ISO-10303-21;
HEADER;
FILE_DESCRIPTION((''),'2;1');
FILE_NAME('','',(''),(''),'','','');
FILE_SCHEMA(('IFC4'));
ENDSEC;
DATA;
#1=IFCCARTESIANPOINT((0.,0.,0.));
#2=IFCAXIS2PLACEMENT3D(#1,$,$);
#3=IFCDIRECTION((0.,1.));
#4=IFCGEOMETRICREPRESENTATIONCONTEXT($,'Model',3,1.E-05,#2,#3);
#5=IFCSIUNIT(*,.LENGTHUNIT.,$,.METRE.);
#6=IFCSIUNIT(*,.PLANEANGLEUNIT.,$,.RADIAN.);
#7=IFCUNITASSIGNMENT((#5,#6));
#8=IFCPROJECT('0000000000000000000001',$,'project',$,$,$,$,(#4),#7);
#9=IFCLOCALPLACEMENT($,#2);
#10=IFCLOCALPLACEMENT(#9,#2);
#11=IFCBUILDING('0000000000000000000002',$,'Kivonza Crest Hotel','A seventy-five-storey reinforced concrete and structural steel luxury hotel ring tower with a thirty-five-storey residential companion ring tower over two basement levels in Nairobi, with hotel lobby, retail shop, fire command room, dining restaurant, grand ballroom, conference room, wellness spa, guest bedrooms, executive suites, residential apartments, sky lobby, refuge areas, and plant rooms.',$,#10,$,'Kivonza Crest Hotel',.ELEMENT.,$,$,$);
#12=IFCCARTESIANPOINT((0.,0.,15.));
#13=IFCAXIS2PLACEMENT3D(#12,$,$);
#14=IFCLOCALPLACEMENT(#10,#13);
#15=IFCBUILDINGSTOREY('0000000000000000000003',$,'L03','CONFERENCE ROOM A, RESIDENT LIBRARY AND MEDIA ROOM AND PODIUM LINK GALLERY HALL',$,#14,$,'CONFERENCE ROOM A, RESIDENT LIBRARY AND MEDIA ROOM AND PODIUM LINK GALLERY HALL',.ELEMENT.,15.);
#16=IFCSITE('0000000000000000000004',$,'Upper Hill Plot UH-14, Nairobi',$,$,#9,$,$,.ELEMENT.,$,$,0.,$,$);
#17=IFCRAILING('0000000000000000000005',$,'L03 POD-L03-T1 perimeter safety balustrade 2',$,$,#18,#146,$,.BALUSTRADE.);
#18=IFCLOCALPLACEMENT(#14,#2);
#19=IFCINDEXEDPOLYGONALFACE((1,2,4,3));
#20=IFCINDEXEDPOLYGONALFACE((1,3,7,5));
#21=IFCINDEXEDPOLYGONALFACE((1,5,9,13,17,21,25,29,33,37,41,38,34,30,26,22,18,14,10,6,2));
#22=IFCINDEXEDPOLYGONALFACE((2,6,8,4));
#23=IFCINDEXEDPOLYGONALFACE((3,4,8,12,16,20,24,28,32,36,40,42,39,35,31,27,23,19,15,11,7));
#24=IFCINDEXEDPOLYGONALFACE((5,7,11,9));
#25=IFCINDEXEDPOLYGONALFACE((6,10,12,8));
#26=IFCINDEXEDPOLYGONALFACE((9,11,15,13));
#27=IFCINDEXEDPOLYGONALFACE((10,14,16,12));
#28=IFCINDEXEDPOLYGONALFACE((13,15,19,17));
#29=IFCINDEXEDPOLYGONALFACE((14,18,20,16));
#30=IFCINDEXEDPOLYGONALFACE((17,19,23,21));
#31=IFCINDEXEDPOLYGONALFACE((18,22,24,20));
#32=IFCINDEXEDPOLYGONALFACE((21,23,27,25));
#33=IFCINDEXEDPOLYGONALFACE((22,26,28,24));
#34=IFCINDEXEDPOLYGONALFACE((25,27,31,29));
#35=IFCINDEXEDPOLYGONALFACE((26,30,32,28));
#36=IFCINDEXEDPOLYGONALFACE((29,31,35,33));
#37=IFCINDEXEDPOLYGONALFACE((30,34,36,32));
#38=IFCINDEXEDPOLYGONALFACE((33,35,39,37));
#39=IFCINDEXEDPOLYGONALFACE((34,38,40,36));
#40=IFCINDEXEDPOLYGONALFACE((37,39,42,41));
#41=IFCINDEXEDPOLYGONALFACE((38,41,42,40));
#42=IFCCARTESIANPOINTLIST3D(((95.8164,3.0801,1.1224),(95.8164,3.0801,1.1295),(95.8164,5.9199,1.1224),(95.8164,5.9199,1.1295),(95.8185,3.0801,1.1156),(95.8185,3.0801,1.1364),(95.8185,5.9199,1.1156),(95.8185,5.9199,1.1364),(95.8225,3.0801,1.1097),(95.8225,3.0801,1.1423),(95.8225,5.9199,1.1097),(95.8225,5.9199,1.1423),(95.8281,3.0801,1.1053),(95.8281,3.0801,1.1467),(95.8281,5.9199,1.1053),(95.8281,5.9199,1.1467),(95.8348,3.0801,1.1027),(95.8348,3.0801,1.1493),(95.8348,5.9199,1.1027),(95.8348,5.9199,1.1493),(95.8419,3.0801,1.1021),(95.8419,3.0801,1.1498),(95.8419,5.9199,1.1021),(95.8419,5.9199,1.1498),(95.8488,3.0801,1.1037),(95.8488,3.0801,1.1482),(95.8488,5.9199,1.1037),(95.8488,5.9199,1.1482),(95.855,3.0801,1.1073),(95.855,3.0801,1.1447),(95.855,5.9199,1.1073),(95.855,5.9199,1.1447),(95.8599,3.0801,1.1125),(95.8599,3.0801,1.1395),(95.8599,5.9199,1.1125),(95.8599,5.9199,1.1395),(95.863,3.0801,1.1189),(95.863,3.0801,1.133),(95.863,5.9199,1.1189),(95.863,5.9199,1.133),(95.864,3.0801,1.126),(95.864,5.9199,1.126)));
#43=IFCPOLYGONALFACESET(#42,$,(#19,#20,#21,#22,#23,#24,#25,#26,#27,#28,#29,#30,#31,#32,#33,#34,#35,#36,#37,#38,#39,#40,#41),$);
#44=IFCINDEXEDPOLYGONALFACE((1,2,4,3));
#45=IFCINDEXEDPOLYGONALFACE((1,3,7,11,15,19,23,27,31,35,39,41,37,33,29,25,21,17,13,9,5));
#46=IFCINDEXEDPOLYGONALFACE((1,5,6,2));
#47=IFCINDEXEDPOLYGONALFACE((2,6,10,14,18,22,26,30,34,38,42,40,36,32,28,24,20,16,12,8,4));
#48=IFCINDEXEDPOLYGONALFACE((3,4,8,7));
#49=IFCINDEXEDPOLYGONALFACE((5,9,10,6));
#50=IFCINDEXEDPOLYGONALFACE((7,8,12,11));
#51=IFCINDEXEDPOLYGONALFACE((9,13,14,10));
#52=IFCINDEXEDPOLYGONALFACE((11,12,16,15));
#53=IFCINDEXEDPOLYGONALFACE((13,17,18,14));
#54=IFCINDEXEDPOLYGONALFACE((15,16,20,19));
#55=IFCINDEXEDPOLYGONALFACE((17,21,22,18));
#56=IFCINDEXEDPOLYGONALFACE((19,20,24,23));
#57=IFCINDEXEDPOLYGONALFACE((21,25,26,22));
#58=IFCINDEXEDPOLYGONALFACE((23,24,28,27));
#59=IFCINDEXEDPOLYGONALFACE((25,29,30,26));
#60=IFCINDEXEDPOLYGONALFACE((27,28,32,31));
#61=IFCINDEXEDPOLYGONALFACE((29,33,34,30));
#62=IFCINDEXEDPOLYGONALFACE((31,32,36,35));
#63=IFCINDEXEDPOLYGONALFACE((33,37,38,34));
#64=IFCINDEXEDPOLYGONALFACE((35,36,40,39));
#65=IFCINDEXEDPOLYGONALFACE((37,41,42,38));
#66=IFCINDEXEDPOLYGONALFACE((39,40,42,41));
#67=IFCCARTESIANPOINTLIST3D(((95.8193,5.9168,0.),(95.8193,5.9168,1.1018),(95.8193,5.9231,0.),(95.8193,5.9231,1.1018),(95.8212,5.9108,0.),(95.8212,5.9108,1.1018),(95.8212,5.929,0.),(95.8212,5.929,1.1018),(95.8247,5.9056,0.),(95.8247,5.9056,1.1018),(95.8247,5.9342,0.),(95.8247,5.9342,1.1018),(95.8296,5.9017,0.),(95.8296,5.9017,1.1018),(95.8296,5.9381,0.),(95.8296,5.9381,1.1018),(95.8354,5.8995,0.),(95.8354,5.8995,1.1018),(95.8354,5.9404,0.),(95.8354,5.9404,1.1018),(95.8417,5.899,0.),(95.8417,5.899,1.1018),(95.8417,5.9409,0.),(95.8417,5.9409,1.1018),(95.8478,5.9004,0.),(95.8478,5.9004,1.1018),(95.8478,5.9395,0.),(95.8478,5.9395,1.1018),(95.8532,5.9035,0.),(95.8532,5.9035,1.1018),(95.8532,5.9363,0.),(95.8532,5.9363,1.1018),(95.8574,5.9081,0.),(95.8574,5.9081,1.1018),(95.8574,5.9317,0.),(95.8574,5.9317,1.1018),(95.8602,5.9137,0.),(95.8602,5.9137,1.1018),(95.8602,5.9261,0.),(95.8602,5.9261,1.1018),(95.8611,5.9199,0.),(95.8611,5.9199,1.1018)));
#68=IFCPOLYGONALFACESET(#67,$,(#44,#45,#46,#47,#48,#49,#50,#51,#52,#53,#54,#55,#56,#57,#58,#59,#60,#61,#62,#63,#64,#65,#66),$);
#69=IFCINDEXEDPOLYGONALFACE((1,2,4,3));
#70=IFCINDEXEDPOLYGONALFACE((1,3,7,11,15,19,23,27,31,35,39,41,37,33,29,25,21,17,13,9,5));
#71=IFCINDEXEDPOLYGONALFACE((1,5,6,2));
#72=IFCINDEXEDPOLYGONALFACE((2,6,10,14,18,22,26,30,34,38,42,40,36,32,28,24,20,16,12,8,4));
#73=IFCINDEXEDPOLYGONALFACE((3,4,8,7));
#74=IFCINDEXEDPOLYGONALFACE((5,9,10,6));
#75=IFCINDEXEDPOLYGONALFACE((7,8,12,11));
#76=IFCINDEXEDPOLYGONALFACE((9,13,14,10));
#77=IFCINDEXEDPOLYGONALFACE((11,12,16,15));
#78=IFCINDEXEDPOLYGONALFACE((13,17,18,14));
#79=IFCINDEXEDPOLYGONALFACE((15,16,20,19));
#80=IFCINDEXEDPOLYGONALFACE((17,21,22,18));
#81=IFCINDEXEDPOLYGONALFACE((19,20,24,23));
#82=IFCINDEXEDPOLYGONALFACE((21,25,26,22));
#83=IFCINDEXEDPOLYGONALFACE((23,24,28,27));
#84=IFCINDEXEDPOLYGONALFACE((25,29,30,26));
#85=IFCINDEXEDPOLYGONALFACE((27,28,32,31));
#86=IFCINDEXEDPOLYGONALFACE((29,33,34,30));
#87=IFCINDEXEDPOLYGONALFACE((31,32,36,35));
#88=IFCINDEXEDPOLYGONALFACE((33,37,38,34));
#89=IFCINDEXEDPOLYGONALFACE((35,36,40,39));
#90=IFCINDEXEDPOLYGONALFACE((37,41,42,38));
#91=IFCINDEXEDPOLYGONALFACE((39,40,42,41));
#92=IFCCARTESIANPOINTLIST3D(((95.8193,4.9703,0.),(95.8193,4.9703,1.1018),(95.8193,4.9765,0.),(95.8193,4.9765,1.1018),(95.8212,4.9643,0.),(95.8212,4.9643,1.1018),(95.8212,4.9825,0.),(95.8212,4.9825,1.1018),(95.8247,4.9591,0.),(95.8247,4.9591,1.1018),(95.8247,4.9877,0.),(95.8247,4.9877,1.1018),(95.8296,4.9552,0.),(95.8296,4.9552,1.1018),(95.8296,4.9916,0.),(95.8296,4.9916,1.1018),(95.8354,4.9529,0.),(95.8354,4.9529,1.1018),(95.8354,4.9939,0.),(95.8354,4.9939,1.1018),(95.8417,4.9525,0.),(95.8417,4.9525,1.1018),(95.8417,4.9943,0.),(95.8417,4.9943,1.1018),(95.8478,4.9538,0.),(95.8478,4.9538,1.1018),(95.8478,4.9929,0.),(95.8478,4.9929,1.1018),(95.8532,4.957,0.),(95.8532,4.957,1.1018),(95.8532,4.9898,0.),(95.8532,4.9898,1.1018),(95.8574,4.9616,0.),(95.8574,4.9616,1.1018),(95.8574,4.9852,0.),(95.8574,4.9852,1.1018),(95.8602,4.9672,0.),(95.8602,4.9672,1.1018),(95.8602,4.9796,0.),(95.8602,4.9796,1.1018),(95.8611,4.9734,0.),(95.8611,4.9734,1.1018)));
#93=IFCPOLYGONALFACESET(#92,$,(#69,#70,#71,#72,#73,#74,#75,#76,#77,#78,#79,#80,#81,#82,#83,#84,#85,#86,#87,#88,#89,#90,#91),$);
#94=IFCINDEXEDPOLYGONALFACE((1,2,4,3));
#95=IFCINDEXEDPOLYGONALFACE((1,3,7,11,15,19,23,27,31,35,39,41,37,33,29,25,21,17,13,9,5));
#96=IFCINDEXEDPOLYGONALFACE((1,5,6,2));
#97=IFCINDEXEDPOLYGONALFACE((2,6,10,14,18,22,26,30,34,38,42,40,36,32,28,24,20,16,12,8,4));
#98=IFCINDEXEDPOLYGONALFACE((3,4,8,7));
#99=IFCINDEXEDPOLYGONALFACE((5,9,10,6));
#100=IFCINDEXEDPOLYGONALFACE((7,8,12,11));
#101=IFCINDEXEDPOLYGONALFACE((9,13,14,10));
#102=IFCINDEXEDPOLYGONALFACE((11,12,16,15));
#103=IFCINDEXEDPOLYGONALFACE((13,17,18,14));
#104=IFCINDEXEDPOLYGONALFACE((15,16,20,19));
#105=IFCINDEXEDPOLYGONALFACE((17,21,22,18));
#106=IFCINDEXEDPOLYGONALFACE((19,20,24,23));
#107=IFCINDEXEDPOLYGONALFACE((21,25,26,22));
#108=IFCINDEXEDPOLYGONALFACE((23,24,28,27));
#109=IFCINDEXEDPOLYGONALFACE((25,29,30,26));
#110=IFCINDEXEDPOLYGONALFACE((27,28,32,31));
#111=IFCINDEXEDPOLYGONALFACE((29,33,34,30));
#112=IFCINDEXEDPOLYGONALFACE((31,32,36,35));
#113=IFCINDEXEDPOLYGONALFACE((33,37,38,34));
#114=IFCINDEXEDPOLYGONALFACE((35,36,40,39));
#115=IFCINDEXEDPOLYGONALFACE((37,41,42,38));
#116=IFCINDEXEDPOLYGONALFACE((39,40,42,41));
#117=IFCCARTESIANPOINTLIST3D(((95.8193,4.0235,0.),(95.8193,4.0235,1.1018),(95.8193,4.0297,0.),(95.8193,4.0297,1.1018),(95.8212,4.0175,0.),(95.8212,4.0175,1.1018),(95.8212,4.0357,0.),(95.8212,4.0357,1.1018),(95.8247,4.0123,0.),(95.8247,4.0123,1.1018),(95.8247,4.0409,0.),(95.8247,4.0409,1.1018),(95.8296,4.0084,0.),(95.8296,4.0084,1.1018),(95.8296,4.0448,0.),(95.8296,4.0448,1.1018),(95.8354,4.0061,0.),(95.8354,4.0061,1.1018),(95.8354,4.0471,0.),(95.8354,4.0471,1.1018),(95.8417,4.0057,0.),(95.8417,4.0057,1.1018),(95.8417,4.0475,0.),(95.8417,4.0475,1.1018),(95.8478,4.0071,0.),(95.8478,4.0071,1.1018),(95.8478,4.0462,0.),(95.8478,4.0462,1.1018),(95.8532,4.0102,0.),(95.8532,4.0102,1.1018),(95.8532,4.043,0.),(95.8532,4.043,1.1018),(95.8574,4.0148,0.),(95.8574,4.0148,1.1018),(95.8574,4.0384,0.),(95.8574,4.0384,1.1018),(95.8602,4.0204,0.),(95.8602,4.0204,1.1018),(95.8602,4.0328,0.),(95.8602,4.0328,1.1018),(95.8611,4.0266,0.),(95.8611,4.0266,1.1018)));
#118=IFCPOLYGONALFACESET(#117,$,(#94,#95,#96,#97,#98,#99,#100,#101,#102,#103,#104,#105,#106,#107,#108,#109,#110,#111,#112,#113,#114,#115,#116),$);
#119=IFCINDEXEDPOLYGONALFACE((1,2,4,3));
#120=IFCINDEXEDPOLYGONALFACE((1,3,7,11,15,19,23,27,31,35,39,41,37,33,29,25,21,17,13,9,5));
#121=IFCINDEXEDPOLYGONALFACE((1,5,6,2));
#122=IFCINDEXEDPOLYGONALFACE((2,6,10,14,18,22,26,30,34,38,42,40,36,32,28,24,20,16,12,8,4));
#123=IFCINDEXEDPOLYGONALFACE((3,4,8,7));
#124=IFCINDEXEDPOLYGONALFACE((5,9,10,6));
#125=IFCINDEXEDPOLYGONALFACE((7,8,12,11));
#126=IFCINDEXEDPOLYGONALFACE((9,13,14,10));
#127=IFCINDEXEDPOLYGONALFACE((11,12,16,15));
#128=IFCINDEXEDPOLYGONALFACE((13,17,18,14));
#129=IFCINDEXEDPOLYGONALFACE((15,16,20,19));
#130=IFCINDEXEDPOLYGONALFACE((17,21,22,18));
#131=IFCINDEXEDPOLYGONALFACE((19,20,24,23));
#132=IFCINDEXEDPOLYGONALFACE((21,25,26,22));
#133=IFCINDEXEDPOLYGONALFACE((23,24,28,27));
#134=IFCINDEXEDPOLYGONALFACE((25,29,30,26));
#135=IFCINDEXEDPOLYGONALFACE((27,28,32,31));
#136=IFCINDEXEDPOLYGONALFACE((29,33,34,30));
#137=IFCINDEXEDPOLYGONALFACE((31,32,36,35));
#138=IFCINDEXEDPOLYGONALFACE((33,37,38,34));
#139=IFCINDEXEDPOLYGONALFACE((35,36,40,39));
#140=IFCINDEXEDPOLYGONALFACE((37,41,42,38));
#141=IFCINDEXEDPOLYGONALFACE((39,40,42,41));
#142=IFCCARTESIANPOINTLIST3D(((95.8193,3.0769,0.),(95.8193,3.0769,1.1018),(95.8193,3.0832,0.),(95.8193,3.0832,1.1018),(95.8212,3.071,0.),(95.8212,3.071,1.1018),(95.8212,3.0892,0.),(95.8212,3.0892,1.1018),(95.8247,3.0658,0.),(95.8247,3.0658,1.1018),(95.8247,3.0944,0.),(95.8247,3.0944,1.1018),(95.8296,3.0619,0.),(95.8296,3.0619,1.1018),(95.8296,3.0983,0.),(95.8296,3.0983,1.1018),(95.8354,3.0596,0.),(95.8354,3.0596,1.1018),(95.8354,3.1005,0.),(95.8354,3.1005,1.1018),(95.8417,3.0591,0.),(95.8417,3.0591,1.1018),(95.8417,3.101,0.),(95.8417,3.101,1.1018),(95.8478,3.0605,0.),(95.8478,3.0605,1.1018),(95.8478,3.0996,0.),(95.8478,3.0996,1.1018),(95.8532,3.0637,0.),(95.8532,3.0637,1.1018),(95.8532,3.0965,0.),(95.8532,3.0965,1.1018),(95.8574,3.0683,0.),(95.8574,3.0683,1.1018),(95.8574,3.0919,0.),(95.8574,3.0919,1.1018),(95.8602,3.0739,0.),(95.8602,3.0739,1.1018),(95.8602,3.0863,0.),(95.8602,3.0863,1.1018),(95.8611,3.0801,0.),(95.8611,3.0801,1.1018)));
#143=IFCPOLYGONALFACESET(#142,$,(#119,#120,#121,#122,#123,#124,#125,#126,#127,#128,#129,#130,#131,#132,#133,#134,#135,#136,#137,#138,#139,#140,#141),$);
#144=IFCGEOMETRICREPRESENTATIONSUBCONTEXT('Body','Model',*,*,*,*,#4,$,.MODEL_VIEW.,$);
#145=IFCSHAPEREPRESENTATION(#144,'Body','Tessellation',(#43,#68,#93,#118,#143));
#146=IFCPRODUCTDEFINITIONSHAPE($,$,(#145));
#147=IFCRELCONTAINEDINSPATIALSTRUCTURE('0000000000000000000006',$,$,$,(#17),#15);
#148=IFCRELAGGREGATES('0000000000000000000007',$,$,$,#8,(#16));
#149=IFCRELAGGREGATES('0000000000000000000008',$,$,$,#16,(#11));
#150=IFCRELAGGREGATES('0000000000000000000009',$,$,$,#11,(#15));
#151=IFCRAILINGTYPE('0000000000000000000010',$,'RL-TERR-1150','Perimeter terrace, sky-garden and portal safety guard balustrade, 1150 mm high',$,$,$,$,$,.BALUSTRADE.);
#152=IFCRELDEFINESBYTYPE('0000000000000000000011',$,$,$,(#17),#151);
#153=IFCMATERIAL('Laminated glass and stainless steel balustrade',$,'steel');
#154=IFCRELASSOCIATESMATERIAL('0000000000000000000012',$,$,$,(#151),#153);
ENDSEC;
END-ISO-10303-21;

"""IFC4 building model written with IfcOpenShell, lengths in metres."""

from ifc_helpers import new_model, si_unit, direction, frame, origin, origin_2d, place, context, subcontext, project, spatial, circle, extrude, material, type_object, element, save


model = new_model("IFC4")

# Units and contexts
model_context = context("Model", 3, precision=1e-05, world=origin(), true_north=direction((0.0, 1.0)))
body_context = subcontext(model_context, "Body", "Model", "MODEL_VIEW")
ifc_project = project(units=[si_unit("LENGTHUNIT", "METRE"), si_unit("PLANEANGLEUNIT", "RADIAN")], contexts=[model_context])

# Site, building, storey
site_placement = place(None, origin())
site = spatial("IfcSite", under=ifc_project, at=site_placement, Name="Upper Hill Plot UH-14, Nairobi", CompositionType="ELEMENT", RefElevation=0.0)
building_placement = place(site_placement, origin())
building = spatial("IfcBuilding", under=site, at=building_placement, Name="Kivonza Crest Hotel", Description="A seventy-five-storey reinforced concrete and structural steel luxury hotel ring tower with a thirty-five-storey residential companion ring tower over two basement levels in Nairobi, with hotel lobby, retail shop, fire command room, dining restaurant, grand ballroom, conference room, wellness spa, guest bedrooms, executive suites, residential apartments, sky lobby, refuge areas, and plant rooms.", LongName="Kivonza Crest Hotel", CompositionType="ELEMENT")
storey_placement = place(building_placement, frame((0.0, 0.0, 15.0)))
storey = spatial("IfcBuildingStorey", under=building, at=storey_placement, Name="L03", Description="CONFERENCE ROOM A, RESIDENT LIBRARY AND MEDIA ROOM AND PODIUM LINK GALLERY HALL", LongName="CONFERENCE ROOM A, RESIDENT LIBRARY AND MEDIA ROOM AND PODIUM LINK GALLERY HALL", CompositionType="ELEMENT", Elevation=15.0)

# Railing
ifc_material_1 = material(Name="Laminated glass and stainless steel balustrade", Category="steel")
railing_type = type_object("IfcRailingType", Name="RL-TERR-1150", Description="Perimeter terrace, sky-garden and portal safety guard balustrade, 1150 mm high", PredefinedType="BALUSTRADE", material=ifc_material_1)
railing_1_placement = place(storey_placement, frame((95.8401, 5.9199, 0.0)))
element("IfcRailing", 1, at=railing_1_placement, inside=storey, type_object=railing_type, Name="L03 POD-L03-T1 perimeter safety balustrade 2", PredefinedType="BALUSTRADE", context=body_context, shape_type="SweptSolid", body=[
    extrude(circle(Radius=0.0239, at=origin_2d()), frame((0.0, 0.0, 1.126), z_axis=(0.0, -1.0, 0.0), x_axis=(1.0, 0.0, 0.0)), (0.0, 0.0, 1.0), 2.8398),
    extrude(circle(Radius=0.021, at=origin_2d()), origin(), (0.0, 0.0, 1.0), 1.1018),
    extrude(circle(Radius=0.021, at=origin_2d()), frame((0.0, -0.9465, 0.0)), (0.0, 0.0, 1.0), 1.1018),
    extrude(circle(Radius=0.021, at=origin_2d()), frame((0.0, -1.8933, 0.0)), (0.0, 0.0, 1.0), 1.1018),
    extrude(circle(Radius=0.021, at=origin_2d()), frame((0.0, -2.8398, 0.0)), (0.0, 0.0, 1.0), 1.1018),
])

save(model, "model.ifc")
